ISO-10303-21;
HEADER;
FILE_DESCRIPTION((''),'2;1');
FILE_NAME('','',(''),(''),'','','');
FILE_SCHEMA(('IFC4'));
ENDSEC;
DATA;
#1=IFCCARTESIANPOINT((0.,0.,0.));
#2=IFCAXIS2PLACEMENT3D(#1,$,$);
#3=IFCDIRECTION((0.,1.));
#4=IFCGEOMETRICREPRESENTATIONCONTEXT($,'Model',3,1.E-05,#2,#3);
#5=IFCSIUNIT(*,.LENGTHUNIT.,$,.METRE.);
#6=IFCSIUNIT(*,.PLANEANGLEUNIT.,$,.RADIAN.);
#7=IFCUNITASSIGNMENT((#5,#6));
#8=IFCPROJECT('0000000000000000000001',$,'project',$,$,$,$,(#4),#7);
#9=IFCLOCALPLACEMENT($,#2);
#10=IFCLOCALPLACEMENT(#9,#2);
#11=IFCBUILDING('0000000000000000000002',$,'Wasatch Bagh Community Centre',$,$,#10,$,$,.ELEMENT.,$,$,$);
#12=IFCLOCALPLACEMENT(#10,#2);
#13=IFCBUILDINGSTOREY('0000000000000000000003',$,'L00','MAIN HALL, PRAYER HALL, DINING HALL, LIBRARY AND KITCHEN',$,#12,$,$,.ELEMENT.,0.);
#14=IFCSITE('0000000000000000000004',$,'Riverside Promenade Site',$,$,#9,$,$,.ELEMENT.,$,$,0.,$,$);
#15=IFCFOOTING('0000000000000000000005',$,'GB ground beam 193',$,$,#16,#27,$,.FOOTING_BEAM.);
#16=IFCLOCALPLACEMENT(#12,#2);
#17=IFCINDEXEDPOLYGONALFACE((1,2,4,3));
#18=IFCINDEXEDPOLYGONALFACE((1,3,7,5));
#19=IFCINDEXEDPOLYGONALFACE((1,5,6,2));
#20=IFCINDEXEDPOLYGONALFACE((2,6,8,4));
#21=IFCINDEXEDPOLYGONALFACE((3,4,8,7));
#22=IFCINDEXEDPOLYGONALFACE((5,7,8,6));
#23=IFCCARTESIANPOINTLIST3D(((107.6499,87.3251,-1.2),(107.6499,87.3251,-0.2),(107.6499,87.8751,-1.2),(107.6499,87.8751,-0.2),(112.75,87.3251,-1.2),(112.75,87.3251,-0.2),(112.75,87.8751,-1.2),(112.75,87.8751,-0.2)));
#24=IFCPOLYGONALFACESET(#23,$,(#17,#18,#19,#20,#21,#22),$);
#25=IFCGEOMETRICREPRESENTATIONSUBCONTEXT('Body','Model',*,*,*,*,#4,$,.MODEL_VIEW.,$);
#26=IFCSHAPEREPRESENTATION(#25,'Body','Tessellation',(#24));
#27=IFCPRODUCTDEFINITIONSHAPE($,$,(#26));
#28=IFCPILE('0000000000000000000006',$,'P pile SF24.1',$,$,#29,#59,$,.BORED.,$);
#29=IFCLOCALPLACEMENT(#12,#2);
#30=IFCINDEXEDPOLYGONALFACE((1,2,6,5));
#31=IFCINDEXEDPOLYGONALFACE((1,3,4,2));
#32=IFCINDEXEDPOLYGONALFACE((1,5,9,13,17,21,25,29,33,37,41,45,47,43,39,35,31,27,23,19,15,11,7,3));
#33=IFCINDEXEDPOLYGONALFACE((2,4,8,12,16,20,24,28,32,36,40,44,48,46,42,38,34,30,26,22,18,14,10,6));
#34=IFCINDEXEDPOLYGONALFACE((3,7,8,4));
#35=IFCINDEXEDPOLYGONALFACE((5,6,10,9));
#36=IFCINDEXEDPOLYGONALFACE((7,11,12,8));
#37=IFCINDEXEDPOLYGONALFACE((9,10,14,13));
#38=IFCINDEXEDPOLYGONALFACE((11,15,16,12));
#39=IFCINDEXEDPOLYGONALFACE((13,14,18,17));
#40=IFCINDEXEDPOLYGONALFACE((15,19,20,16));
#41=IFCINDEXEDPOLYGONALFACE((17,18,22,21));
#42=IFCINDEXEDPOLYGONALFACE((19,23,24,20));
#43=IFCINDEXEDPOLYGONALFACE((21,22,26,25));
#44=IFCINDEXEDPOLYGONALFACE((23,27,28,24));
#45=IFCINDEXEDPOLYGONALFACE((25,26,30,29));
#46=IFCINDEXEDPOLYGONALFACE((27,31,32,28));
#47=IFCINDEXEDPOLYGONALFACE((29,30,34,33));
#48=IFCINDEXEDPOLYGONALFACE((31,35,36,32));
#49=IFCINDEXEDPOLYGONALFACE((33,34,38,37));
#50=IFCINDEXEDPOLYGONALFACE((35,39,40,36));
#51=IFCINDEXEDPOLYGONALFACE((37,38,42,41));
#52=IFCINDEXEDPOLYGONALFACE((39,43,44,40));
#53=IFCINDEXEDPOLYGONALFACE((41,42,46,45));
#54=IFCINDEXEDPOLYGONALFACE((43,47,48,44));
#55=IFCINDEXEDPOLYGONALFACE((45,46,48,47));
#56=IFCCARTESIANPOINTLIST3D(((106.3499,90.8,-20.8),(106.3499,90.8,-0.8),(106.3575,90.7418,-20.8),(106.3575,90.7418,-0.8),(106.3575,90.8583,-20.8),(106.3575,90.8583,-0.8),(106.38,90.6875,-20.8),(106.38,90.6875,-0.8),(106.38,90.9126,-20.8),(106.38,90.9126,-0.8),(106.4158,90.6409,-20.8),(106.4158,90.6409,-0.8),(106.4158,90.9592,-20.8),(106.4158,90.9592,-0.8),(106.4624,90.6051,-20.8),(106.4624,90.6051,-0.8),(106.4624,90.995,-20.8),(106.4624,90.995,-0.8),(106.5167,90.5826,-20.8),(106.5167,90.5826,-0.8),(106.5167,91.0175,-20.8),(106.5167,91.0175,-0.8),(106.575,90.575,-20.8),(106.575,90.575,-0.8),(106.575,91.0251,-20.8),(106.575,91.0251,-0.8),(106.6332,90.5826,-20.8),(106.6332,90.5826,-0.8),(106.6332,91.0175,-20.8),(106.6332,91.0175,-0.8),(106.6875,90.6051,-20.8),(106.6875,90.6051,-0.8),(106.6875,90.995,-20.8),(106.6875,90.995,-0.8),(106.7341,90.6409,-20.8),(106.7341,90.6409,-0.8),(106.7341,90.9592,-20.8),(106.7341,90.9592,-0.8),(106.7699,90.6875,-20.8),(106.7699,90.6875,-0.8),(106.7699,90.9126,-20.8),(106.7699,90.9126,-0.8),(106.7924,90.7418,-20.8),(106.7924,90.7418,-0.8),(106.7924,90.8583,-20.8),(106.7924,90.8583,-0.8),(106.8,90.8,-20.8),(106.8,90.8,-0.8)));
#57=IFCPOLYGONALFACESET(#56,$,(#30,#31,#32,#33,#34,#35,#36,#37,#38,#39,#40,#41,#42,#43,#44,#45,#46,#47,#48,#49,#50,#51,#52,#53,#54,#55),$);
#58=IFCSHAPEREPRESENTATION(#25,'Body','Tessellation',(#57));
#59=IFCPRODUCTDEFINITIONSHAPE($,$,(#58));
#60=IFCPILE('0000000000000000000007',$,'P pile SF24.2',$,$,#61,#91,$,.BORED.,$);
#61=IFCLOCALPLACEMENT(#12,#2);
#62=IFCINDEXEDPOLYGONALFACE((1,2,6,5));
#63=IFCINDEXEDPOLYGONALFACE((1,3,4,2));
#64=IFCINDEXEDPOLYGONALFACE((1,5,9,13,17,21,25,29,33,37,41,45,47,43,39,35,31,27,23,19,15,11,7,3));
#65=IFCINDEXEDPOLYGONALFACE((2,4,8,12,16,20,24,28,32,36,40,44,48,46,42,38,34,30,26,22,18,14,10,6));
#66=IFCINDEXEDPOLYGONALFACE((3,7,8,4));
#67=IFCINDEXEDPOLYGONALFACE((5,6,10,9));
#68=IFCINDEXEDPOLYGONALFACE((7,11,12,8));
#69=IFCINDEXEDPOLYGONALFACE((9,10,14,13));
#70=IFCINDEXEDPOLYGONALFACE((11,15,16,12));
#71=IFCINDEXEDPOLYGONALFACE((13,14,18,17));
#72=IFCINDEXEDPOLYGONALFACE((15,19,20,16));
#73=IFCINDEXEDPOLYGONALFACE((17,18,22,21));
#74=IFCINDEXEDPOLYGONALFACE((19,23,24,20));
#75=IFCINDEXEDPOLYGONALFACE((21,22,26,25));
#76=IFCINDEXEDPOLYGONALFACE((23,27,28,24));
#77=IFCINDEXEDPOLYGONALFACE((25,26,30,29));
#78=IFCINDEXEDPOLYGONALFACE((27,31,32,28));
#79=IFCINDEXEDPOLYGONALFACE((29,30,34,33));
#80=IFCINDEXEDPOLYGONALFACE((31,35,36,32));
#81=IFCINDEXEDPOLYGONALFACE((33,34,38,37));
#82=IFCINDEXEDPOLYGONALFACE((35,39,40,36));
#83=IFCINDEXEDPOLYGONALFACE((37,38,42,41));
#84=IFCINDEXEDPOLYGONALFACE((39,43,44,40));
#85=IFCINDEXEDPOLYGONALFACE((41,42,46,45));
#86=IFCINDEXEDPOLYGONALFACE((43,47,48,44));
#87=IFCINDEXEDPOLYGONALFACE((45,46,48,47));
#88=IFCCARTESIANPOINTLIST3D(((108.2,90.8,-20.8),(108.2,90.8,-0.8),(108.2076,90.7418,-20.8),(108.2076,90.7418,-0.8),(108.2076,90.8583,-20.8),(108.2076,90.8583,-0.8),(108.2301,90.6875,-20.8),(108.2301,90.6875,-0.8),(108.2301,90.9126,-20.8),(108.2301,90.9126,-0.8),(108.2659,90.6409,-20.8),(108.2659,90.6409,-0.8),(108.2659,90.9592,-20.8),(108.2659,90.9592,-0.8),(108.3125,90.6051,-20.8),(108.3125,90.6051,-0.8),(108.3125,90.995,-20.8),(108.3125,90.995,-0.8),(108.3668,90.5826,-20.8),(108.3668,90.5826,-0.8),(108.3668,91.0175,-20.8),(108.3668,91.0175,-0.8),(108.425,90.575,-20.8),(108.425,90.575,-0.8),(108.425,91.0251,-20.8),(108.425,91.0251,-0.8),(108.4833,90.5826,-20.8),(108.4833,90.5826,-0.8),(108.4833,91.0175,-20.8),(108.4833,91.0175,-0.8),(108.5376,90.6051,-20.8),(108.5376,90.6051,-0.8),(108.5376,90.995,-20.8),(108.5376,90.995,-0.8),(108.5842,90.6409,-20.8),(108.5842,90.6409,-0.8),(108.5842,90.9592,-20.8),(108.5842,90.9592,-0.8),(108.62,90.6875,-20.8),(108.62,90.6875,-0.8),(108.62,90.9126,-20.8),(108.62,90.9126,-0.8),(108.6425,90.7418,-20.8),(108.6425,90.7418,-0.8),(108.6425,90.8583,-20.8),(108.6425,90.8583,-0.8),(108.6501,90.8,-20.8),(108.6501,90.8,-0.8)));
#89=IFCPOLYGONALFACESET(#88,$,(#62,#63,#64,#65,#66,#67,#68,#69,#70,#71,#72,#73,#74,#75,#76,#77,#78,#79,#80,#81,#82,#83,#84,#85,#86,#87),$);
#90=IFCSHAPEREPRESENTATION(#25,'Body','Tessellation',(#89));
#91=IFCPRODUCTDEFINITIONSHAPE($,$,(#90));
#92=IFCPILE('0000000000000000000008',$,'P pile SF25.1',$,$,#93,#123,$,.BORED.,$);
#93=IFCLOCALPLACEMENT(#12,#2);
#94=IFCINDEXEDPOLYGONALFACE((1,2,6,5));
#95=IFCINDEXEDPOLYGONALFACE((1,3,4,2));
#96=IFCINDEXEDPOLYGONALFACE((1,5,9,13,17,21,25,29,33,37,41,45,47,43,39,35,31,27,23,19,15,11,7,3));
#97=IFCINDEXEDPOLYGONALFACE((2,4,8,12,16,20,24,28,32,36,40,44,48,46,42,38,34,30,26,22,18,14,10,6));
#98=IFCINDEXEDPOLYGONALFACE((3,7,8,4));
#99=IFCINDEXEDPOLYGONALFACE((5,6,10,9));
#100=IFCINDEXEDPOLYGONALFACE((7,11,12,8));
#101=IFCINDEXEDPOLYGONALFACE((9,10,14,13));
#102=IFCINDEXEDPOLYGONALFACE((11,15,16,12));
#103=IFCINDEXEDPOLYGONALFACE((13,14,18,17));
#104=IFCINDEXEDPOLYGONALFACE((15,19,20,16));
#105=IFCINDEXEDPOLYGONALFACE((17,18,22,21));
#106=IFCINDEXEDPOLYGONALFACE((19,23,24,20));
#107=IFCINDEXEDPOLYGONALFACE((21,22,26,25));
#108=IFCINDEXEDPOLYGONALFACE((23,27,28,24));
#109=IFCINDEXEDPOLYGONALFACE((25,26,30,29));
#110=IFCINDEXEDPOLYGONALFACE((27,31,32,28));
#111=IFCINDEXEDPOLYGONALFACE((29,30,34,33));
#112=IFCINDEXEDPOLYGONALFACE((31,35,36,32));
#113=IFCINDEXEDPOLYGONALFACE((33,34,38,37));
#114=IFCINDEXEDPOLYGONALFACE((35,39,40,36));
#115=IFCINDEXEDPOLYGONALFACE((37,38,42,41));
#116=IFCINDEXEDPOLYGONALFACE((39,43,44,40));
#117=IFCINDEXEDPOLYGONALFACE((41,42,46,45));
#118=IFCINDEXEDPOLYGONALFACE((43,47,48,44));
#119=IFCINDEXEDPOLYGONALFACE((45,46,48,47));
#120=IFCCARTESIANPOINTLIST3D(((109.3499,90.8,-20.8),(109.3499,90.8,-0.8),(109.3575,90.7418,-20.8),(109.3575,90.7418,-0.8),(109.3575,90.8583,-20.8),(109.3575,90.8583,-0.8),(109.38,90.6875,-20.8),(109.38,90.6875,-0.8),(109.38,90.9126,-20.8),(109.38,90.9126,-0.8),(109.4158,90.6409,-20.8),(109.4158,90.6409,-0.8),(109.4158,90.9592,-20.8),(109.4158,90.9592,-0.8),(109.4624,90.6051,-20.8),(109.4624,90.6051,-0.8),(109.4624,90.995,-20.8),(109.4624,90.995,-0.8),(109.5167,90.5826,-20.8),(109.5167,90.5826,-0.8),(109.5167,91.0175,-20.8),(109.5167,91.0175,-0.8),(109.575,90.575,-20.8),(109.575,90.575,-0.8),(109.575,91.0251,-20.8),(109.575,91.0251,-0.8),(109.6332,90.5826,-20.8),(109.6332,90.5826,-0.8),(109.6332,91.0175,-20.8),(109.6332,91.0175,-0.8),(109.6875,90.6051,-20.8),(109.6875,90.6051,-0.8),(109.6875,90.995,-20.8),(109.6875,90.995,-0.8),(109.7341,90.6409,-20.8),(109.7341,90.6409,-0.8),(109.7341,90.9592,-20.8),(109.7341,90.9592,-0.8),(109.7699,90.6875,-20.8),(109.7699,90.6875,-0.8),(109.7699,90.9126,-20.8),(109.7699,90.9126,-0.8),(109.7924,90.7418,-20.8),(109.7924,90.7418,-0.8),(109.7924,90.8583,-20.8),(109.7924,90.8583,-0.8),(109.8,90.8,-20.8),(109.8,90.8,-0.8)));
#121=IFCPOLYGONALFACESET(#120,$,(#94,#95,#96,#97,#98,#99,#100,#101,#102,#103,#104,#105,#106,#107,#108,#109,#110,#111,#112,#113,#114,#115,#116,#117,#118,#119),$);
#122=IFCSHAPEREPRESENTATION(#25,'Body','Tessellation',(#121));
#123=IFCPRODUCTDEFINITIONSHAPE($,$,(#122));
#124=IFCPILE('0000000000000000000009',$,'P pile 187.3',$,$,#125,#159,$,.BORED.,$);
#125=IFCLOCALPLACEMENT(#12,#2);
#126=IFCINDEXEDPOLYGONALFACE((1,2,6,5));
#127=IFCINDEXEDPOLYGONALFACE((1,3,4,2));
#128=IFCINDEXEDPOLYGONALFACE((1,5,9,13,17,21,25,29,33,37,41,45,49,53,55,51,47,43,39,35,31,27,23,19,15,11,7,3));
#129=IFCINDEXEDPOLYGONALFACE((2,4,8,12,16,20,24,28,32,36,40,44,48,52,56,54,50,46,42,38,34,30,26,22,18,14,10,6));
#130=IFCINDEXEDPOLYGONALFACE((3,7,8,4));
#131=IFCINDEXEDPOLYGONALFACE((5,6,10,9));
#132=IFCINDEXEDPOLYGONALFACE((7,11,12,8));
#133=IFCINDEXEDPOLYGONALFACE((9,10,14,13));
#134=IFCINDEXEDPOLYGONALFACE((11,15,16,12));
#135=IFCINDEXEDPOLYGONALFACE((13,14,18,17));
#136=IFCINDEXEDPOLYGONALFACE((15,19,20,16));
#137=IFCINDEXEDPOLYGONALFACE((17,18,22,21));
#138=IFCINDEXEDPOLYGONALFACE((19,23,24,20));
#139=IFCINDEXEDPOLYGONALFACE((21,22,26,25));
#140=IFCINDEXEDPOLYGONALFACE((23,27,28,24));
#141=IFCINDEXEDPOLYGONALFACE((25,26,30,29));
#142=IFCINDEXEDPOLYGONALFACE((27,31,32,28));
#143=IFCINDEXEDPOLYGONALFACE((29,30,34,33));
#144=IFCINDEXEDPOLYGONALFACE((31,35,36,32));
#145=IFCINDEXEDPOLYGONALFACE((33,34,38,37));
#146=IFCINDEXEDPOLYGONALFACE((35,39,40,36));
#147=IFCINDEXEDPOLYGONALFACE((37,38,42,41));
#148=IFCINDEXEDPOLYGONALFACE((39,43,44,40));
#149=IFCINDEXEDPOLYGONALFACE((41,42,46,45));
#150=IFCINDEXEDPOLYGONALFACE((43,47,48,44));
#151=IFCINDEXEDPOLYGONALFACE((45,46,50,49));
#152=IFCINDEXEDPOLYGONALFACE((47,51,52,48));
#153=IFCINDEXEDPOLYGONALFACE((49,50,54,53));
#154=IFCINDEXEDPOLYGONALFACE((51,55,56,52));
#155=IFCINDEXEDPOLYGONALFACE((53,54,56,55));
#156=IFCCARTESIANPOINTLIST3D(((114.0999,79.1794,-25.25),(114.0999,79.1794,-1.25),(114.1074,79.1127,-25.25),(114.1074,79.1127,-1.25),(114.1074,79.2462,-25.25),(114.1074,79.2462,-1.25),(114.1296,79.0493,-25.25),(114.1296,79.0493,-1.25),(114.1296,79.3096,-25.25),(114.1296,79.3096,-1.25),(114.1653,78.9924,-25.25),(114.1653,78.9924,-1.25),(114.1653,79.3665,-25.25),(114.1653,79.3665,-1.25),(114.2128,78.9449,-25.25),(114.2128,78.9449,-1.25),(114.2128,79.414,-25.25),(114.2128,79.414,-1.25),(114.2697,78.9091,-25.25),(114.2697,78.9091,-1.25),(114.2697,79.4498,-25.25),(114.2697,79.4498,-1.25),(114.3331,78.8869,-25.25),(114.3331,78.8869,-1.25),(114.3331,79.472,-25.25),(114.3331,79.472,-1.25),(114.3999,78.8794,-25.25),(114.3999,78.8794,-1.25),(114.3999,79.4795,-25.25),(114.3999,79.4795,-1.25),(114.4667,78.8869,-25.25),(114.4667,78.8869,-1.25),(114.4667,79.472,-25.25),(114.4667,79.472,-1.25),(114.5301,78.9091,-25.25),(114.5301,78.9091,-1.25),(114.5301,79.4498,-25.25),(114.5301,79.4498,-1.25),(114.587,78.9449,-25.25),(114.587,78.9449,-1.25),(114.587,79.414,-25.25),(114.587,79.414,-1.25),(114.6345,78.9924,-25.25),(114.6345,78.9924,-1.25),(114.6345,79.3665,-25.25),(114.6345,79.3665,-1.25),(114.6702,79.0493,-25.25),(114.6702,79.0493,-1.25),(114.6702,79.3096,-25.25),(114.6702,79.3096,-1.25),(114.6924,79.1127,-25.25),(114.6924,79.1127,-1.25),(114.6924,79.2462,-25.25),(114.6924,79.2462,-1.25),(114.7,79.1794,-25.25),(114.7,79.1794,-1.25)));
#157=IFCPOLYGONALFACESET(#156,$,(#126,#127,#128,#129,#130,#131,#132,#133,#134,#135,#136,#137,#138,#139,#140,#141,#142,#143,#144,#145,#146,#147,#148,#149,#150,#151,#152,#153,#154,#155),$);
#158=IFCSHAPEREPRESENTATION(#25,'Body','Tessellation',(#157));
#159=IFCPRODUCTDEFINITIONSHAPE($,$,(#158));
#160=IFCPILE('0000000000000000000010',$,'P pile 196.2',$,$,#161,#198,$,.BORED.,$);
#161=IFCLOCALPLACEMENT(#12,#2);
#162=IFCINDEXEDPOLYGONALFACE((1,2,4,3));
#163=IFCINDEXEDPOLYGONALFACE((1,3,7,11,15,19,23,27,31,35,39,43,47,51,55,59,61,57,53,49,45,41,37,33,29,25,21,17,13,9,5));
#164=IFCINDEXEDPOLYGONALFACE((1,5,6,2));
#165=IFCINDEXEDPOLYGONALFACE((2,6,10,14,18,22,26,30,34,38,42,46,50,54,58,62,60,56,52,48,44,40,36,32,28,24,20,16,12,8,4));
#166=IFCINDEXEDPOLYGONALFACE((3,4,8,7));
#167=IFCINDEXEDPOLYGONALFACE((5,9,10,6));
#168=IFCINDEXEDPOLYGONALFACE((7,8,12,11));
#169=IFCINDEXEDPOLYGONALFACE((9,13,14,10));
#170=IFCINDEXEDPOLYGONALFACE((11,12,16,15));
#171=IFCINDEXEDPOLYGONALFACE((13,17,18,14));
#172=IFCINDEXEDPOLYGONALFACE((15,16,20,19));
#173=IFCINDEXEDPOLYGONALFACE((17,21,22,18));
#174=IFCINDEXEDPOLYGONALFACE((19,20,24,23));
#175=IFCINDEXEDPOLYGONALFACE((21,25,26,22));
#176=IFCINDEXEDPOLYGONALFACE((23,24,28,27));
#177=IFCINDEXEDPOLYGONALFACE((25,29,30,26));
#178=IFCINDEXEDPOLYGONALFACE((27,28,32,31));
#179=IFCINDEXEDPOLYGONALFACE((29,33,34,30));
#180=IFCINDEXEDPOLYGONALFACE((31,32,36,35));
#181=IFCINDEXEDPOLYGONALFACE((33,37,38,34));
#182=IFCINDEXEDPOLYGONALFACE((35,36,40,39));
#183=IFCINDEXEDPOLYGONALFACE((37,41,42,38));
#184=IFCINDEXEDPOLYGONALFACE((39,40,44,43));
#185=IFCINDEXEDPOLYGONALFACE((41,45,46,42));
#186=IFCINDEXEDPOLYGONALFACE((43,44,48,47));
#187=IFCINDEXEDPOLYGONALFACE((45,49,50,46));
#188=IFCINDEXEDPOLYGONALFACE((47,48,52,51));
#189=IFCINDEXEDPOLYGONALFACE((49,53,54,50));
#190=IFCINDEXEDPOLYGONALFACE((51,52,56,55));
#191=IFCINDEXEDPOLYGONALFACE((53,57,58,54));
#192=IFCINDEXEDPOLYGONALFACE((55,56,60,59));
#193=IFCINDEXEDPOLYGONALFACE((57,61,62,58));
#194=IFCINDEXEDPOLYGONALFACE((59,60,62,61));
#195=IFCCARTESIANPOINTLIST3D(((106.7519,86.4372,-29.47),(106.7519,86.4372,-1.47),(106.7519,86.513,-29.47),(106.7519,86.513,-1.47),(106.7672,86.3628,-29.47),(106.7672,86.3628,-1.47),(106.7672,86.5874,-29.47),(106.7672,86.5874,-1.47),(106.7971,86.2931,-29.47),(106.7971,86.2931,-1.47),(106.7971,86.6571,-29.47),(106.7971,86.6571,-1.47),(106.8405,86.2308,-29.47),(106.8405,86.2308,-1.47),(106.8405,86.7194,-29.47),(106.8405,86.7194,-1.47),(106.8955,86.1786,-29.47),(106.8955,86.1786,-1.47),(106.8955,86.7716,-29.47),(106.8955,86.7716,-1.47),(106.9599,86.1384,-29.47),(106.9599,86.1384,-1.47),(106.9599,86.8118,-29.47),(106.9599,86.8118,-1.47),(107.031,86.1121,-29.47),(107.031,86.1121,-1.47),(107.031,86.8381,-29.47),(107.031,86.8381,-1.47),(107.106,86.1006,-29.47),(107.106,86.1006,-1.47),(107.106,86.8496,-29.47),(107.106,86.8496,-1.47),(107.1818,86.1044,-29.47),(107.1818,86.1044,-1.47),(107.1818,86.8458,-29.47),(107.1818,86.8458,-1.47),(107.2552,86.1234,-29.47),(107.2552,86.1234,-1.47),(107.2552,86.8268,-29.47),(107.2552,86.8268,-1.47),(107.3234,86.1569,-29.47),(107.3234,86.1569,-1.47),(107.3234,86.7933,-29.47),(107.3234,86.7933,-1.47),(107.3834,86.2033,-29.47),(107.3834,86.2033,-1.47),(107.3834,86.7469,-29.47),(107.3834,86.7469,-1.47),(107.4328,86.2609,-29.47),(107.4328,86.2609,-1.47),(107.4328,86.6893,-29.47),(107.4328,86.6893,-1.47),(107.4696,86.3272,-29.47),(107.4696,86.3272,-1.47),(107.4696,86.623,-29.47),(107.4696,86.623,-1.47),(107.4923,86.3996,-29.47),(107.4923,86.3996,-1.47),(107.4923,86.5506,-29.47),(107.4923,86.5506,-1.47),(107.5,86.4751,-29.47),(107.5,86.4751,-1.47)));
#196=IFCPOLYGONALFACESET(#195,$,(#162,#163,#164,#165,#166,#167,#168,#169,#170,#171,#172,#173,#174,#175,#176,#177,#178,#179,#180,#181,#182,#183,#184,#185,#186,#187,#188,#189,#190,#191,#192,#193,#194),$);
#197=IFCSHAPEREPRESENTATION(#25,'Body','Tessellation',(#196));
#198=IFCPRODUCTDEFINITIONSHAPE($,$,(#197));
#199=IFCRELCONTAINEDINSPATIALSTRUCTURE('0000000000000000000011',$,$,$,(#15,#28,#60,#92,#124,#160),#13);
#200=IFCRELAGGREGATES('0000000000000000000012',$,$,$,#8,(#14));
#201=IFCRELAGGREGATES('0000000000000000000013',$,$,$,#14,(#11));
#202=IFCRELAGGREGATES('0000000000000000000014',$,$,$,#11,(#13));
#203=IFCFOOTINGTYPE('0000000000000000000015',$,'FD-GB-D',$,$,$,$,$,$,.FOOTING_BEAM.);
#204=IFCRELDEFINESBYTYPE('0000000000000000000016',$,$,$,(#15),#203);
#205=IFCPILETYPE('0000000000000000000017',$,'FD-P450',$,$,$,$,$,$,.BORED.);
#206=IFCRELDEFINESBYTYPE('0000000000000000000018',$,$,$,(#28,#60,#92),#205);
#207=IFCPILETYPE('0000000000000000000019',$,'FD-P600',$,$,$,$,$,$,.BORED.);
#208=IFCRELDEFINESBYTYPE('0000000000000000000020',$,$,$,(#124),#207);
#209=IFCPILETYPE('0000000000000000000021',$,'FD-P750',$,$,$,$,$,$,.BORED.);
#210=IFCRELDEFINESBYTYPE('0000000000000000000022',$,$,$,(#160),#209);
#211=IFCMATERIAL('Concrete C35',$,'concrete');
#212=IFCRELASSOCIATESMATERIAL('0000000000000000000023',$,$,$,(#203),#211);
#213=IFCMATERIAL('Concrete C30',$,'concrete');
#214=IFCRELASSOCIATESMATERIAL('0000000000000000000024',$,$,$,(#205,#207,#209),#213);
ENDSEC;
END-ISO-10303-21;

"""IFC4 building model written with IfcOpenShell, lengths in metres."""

from ifc_helpers import new_model, si_unit, direction, frame, origin, origin_2d, place, context, subcontext, project, spatial, rectangle, circle, extrude, material, material_profile, profile_set, type_object, element, save


model = new_model("IFC4")

# Units and contexts
model_context = context("Model", 3, precision=1e-05, world=origin(), true_north=direction((0.0, 1.0)))
body_context = subcontext(model_context, "Body", "Model", "MODEL_VIEW")
ifc_project = project(units=[si_unit("LENGTHUNIT", "METRE"), si_unit("PLANEANGLEUNIT", "RADIAN")], contexts=[model_context])

# Site, building, storey
site_placement = place(None, origin())
site = spatial("IfcSite", under=ifc_project, at=site_placement, Name="Riverside Promenade Site", CompositionType="ELEMENT", RefElevation=0.0)
building_placement = place(site_placement, origin())
building = spatial("IfcBuilding", under=site, at=building_placement, Name="Wasatch Bagh Community Centre", CompositionType="ELEMENT")
storey_placement = place(building_placement, origin())
storey = spatial("IfcBuildingStorey", under=building, at=storey_placement, Name="L00", Description="MAIN HALL, PRAYER HALL, DINING HALL, LIBRARY AND KITCHEN", CompositionType="ELEMENT", Elevation=0.0)

# Footing
ifc_material_1 = material(Name="Concrete C35", Category="concrete")
footing_type_1 = type_object("IfcFootingType", Name="FD-GB-D", PredefinedType="FOOTING_BEAM", material=ifc_material_1)
footing_1_placement = place(storey_placement, frame((110.2, 87.6001, -1.2), z_axis=(0.0, 0.0, 1.0), x_axis=(1.0, 0.0, 0.0)))
element("IfcFooting", 1, at=footing_1_placement, inside=storey, type_object=footing_type_1, Name="GB ground beam 193", PredefinedType="FOOTING_BEAM", context=body_context, shape_type="SweptSolid", body=[
    extrude(rectangle(XDim=5.1001, YDim=0.55, at=origin_2d()), origin(), (0.0, 0.0, 1.0), 1.0),
])

# Piles
ifc_material_2 = material(Name="Concrete C30", Category="concrete")
ifc_material_profile_1 = material_profile(ifc_material_2, circle(Radius=0.2251, at=origin_2d()), Name="RC D450")
ifc_profile_set_1 = profile_set([ifc_material_profile_1], Name="Concrete C30")
pile_type_1 = type_object("IfcPileType", Name="FD-P450", PredefinedType="BORED", material=ifc_profile_set_1)
for number, where, z_axis, x_axis, name in (
    (2, (106.575, 90.8, -0.8), (0.0, 0.0, -1.0), (1.0, 0.0, 0.0), "P pile SF24.1"),
    (3, (108.425, 90.8, -0.8), (0.0, 0.0, -1.0), (1.0, 0.0, 0.0), "P pile SF24.2"),
    (4, (109.575, 90.8, -0.8), (0.0, 0.0, -1.0), (1.0, 0.0, 0.0), "P pile SF25.1"),
):
    element("IfcPile", number, at=place(storey_placement, frame(where, z_axis=z_axis, x_axis=x_axis)), inside=storey, type_object=pile_type_1, Name=name, PredefinedType="BORED", context=body_context, shape_type="SweptSolid", body=[
        extrude(circle(Radius=0.2251, at=origin_2d()), origin(), (0.0, 0.0, 1.0), 20.0),
    ])
ifc_material_profile_2 = material_profile(ifc_material_2, circle(Radius=0.3, at=origin_2d()), Name="RC D600")
ifc_profile_set_2 = profile_set([ifc_material_profile_2], Name="Concrete C30")
pile_type_2 = type_object("IfcPileType", Name="FD-P600", PredefinedType="BORED", material=ifc_profile_set_2)
pile_placement = place(storey_placement, frame((114.3999, 79.1794, -1.25), z_axis=(0.0, 0.0, -1.0), x_axis=(1.0, 0.0, 0.0)))
element("IfcPile", 5, at=pile_placement, inside=storey, type_object=pile_type_2, Name="P pile 187.3", PredefinedType="BORED", context=body_context, shape_type="SweptSolid", body=[
    extrude(circle(Radius=0.3, at=origin_2d()), origin(), (0.0, 0.0, 1.0), 24.0),
])
ifc_material_profile_3 = material_profile(ifc_material_2, circle(Radius=0.375, at=origin_2d()), Name="RC D750")
ifc_profile_set_3 = profile_set([ifc_material_profile_3], Name="Concrete C30")
pile_type_3 = type_object("IfcPileType", Name="FD-P750", PredefinedType="BORED", material=ifc_profile_set_3)
for number, where, z_axis, x_axis, name in (
    (6, (107.125, 86.4751, -1.47), (0.0, 0.0, -1.0), (1.0, 0.0, 0.0), "P pile 196.2"),
):
    element("IfcPile", number, at=place(storey_placement, frame(where, z_axis=z_axis, x_axis=x_axis)), inside=storey, type_object=pile_type_3, Name=name, PredefinedType="BORED", context=body_context, shape_type="SweptSolid", body=[
        extrude(circle(Radius=0.375, at=origin_2d()), origin(), (0.0, 0.0, 1.0), 28.0),
    ])

save(model, "model.ifc")
